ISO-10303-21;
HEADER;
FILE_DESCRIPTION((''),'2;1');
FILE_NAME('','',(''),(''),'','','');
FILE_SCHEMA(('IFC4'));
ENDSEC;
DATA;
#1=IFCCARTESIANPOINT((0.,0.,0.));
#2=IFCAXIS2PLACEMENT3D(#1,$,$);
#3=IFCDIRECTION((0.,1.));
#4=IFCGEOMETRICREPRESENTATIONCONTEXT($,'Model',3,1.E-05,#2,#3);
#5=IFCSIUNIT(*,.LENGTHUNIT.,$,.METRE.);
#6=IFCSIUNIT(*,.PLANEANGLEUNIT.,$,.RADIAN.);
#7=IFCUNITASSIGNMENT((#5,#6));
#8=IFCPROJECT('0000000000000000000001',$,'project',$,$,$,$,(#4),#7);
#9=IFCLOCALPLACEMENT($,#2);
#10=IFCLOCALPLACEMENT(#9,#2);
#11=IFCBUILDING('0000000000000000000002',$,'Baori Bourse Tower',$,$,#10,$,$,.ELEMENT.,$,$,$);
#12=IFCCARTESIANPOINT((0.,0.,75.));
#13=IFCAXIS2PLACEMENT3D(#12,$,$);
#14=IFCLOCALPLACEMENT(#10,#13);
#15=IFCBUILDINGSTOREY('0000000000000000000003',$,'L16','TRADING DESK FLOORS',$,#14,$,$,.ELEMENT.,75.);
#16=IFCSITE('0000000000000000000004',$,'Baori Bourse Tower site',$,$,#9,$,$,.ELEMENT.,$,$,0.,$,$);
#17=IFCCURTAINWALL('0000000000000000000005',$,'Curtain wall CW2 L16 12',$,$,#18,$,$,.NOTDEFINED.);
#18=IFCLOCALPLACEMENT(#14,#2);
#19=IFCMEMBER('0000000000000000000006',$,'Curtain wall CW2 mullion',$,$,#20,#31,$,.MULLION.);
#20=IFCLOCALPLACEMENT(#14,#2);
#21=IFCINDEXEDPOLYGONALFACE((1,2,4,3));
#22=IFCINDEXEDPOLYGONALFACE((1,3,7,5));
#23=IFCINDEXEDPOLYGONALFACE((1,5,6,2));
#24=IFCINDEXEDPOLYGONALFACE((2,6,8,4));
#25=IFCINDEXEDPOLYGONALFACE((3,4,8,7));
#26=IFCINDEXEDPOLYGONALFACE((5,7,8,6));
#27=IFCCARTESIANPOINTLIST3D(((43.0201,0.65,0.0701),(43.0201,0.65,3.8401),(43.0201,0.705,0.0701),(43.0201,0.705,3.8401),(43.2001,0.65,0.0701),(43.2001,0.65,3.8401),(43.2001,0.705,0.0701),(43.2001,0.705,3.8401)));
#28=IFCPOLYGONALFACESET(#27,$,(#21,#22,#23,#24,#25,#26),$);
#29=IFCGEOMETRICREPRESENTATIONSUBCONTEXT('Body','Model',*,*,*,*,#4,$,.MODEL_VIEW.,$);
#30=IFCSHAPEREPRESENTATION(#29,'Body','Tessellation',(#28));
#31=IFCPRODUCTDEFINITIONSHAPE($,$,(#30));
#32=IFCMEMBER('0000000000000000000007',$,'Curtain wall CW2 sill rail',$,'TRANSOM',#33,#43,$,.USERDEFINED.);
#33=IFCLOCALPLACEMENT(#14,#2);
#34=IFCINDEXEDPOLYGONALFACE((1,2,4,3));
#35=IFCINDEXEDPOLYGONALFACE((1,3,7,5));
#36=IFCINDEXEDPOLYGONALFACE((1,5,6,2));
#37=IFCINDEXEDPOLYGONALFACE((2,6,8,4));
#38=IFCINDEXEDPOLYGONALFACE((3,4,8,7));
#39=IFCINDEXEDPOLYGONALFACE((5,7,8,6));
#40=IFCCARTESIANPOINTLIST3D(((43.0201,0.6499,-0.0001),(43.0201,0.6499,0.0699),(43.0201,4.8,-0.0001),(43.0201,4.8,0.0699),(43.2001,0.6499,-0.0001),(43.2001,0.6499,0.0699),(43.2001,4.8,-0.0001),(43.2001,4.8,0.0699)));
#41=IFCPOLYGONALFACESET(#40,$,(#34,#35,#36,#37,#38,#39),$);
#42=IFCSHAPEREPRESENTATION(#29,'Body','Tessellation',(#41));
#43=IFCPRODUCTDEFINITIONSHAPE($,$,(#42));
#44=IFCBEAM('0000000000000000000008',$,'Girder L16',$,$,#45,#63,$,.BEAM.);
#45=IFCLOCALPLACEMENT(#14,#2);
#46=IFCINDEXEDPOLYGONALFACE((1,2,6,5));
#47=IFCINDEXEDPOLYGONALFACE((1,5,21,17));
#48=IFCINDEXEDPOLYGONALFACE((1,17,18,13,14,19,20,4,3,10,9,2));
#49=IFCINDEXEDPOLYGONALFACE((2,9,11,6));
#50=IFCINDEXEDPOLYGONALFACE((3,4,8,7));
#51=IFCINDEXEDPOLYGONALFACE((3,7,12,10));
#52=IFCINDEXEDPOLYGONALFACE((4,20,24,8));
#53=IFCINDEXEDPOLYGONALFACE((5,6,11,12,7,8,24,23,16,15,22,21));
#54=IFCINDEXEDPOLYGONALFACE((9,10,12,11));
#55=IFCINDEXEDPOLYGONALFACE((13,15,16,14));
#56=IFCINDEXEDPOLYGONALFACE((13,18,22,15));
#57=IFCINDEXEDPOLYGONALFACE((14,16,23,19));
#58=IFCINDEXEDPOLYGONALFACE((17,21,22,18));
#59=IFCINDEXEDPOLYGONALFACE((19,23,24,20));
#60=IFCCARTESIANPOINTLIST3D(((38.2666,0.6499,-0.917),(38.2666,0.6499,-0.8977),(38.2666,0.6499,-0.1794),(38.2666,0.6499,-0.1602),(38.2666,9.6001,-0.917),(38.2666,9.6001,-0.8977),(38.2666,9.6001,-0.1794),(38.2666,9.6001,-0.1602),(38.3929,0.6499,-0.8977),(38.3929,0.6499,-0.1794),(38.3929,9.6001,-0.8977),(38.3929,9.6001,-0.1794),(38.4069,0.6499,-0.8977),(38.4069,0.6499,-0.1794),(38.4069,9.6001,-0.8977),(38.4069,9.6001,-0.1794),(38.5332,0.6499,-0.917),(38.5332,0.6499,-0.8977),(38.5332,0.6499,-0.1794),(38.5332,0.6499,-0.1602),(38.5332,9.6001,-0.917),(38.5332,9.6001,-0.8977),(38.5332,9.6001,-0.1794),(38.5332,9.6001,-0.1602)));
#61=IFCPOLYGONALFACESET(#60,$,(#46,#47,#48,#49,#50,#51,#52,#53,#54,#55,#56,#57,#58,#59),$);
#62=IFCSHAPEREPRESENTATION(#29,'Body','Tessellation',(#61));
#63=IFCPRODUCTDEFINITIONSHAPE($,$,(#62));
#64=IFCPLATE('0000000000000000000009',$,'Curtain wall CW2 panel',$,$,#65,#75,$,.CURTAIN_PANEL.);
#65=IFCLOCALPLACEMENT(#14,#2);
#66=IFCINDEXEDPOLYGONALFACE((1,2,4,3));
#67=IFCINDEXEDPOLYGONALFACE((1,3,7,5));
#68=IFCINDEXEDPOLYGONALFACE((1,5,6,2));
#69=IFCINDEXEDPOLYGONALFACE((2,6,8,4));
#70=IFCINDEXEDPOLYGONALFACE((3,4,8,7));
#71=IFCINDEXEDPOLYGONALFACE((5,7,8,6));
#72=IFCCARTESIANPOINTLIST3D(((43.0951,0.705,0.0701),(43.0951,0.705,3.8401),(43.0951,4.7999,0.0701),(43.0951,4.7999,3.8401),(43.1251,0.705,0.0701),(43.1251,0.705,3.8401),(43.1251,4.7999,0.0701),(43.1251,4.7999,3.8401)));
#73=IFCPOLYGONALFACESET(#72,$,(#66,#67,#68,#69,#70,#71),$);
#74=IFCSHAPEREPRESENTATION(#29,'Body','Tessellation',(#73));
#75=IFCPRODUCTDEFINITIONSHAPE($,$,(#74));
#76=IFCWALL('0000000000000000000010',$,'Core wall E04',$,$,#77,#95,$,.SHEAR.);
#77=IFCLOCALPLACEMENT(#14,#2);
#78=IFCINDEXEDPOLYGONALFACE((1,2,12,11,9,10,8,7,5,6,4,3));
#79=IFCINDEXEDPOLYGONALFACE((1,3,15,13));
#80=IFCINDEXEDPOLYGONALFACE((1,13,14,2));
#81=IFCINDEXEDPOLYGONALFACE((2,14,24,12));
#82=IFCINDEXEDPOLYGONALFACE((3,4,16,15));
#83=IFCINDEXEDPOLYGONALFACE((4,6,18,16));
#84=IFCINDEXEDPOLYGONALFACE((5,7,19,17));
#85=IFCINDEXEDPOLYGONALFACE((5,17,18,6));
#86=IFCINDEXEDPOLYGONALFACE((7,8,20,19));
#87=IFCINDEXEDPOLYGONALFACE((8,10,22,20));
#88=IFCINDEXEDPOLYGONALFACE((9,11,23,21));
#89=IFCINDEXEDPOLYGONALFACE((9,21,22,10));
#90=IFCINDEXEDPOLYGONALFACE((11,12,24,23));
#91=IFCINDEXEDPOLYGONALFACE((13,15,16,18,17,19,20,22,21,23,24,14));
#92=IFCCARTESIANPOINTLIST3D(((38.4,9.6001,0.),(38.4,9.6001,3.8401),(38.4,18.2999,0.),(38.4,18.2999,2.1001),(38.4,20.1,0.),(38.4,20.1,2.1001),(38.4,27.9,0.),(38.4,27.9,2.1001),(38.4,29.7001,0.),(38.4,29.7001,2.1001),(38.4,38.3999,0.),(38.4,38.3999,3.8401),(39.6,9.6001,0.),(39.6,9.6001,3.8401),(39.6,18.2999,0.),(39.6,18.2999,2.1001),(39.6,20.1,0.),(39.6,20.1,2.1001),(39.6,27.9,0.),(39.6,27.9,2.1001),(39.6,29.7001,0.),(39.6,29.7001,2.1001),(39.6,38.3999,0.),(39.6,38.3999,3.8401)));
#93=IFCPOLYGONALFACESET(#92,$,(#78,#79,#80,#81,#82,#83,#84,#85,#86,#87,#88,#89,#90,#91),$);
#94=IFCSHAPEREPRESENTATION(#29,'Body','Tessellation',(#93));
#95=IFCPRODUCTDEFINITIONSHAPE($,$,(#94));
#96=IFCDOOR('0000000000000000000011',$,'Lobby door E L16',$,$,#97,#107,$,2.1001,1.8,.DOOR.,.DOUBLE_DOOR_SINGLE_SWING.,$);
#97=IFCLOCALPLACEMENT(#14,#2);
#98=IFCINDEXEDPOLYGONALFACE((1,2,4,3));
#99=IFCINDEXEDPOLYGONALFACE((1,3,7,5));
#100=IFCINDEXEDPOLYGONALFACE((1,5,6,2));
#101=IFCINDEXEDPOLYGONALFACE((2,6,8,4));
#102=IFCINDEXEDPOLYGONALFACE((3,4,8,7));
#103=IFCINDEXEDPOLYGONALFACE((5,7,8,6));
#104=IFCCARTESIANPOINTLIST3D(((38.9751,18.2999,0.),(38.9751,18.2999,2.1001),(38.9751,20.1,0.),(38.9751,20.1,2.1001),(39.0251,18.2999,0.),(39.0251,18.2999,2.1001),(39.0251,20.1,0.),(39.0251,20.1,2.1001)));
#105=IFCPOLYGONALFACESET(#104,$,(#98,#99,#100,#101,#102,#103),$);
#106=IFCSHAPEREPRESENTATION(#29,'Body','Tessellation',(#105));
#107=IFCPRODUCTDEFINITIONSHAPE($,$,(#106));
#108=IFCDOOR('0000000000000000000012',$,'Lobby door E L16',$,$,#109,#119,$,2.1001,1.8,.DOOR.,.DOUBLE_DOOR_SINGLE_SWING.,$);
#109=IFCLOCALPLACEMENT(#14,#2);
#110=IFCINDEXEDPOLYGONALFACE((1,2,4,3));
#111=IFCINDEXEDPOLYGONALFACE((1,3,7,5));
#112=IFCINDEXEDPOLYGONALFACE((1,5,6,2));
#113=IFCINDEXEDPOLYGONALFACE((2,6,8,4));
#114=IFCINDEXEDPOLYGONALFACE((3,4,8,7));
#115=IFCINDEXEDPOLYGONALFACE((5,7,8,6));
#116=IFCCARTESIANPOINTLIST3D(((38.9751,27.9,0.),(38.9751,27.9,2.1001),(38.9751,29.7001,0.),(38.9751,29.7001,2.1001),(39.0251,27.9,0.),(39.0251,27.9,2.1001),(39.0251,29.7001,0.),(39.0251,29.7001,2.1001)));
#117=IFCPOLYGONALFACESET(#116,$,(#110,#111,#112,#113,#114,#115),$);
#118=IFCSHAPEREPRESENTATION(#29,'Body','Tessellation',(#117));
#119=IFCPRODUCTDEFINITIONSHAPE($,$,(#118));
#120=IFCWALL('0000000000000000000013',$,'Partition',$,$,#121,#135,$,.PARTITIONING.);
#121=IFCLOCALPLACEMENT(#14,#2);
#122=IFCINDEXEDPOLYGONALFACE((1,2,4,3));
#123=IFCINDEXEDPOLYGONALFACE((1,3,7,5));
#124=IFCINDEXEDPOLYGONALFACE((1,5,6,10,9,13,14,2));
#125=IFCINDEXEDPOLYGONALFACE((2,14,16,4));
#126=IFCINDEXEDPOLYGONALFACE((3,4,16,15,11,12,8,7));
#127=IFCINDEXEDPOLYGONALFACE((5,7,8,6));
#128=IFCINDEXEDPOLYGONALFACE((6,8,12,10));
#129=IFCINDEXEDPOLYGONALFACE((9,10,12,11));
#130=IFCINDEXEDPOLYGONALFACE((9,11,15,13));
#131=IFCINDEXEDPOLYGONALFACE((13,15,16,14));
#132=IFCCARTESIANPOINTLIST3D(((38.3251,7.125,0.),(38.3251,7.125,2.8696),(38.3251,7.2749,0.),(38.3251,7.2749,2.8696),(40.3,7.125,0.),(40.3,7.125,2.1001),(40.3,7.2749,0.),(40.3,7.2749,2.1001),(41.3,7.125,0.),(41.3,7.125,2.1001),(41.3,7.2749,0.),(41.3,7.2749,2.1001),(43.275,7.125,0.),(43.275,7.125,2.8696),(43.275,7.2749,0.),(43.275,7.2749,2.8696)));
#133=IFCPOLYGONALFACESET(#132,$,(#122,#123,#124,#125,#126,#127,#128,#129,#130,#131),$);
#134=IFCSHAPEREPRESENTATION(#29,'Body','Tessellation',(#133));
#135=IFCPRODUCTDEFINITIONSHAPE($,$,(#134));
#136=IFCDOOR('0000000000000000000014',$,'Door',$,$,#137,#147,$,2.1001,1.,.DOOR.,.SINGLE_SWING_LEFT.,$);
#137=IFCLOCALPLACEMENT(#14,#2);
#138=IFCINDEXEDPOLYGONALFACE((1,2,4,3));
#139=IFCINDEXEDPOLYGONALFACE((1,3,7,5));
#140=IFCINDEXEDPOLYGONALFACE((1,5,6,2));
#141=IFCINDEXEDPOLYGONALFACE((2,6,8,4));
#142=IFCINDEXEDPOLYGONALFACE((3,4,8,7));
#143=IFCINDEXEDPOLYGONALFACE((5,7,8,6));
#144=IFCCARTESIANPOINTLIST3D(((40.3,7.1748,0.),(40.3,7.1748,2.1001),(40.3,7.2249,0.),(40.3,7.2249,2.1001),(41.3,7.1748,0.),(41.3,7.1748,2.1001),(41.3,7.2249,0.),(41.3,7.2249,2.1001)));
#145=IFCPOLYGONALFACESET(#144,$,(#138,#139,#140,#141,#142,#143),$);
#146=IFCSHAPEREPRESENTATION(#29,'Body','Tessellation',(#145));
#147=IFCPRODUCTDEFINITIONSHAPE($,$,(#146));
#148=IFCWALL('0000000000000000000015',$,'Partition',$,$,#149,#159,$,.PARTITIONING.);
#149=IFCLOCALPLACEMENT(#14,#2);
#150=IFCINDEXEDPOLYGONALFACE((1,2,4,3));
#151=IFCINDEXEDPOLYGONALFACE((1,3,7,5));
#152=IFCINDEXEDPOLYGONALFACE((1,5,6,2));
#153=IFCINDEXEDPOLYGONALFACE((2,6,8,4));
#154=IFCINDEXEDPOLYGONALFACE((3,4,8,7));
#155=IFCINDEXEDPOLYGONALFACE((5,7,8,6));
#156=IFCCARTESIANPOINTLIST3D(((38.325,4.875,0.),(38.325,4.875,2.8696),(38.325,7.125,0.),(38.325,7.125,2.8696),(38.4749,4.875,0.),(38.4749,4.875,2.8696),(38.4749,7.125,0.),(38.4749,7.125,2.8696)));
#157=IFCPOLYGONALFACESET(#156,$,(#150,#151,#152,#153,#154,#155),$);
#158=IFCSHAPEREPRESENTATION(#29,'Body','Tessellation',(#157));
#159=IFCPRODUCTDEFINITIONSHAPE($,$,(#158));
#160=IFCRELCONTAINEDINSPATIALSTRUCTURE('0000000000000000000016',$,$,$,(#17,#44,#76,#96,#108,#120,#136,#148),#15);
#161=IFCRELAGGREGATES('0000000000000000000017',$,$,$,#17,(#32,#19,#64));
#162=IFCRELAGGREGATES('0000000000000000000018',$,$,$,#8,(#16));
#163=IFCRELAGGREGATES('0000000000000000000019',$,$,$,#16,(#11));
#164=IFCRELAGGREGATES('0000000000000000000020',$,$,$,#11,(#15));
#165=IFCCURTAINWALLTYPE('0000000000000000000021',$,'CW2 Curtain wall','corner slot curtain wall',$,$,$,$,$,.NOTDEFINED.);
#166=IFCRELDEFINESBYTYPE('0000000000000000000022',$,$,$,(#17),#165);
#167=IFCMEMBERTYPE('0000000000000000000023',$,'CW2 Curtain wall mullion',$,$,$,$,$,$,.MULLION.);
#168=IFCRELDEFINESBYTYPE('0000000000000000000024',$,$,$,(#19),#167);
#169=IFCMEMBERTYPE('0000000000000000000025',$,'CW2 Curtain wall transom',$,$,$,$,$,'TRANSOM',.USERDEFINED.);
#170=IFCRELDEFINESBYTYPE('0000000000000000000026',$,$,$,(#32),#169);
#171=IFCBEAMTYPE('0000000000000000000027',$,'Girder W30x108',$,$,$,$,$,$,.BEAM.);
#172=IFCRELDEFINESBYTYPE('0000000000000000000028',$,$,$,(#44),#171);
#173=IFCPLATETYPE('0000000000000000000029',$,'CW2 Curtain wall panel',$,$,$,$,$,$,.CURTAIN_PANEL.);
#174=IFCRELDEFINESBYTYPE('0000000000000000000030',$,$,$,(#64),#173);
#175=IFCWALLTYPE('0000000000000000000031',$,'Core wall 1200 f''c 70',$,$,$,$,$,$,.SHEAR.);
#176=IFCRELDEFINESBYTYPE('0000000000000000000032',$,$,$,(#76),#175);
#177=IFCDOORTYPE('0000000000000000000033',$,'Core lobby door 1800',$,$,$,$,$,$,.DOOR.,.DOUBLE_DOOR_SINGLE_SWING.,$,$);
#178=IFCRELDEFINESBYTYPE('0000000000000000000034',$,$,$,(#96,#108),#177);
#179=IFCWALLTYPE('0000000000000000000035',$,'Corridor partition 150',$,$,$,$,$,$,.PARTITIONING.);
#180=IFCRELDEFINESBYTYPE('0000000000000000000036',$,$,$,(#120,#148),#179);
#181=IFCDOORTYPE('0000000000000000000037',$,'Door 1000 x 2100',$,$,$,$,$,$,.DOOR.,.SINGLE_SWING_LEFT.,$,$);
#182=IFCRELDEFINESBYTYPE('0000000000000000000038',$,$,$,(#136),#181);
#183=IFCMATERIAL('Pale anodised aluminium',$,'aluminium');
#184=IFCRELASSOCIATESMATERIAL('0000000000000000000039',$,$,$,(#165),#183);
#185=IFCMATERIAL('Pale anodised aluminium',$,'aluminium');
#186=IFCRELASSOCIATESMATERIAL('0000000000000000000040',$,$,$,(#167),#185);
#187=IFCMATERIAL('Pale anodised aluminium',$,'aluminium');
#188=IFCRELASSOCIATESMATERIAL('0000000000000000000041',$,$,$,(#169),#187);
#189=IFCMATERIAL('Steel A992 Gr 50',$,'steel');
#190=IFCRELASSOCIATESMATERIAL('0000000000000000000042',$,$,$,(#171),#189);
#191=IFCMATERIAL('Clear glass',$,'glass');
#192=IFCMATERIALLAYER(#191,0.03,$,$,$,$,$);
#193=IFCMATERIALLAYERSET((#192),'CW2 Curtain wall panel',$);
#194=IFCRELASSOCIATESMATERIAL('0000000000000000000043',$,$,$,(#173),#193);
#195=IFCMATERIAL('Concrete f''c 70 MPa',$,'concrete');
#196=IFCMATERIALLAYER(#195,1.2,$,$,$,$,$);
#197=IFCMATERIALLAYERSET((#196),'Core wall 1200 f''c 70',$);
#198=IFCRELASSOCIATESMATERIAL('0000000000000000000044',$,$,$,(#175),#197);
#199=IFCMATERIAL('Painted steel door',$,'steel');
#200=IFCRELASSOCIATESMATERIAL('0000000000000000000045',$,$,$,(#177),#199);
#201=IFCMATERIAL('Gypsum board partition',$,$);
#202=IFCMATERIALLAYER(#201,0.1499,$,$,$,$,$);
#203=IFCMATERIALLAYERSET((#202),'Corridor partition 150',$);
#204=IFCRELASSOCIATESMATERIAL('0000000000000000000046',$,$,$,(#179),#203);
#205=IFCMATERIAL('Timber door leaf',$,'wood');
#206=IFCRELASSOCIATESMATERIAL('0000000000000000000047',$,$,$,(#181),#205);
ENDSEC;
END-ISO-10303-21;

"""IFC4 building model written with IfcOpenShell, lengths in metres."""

from ifc_helpers import new_model, si_unit, direction, frame, frame_2d, origin, origin_2d, place, context, subcontext, project, spatial, rectangle, i_section, extrude, material, layer, layer_set, material_profile, profile_set, type_object, element, fill, aggregate, save


model = new_model("IFC4")

# Units and contexts
model_context = context("Model", 3, precision=1e-05, world=origin(), true_north=direction((0.0, 1.0)))
body_context = subcontext(model_context, "Body", "Model", "MODEL_VIEW")
ifc_project = project(units=[si_unit("LENGTHUNIT", "METRE"), si_unit("PLANEANGLEUNIT", "RADIAN")], contexts=[model_context])

# Site, building, storey
site_placement = place(None, origin())
site = spatial("IfcSite", under=ifc_project, at=site_placement, Name="Baori Bourse Tower site", CompositionType="ELEMENT", RefElevation=0.0)
building_placement = place(site_placement, origin())
building = spatial("IfcBuilding", under=site, at=building_placement, Name="Baori Bourse Tower", CompositionType="ELEMENT")
storey_placement = place(building_placement, frame((0.0, 0.0, 75.0)))
storey = spatial("IfcBuildingStorey", under=building, at=storey_placement, Name="L16", Description="TRADING DESK FLOORS", CompositionType="ELEMENT", Elevation=75.0)

# Curtain wall, members
ifc_material_1 = material(Name="Pale anodised aluminium", Category="aluminium")
curtain_wall_type = type_object("IfcCurtainWallType", Name="CW2 Curtain wall", Description="corner slot curtain wall", PredefinedType="NOTDEFINED", material=ifc_material_1)
curtain_wall_placement = place(storey_placement, origin())
curtain_wall = element("IfcCurtainWall", 1, at=curtain_wall_placement, inside=storey, type_object=curtain_wall_type, Name="Curtain wall CW2 L16 12", PredefinedType="NOTDEFINED")
ifc_material_2 = material(Name="Pale anodised aluminium", Category="aluminium")
ifc_material_profile_1 = material_profile(ifc_material_2, rectangle(XDim=0.1799, YDim=0.0549, at=origin_2d()), Name="Mullion 55x180")
ifc_profile_set_1 = profile_set([ifc_material_profile_1], Name="Pale anodised aluminium")
member_type_1 = type_object("IfcMemberType", Name="CW2 Curtain wall mullion", PredefinedType="MULLION", material=ifc_profile_set_1)
member_1_placement = place(storey_placement, frame((43.1101, 0.6775, 0.0701), z_axis=(0.0, 0.0, 1.0), x_axis=(-1.0, 0.0, 0.0)))
member_1 = element("IfcMember", 2, at=member_1_placement, type_object=member_type_1, Name="Curtain wall CW2 mullion", PredefinedType="MULLION", context=body_context, shape_type="SweptSolid", body=[
    extrude(rectangle(XDim=0.1799, YDim=0.0549, at=origin_2d()), origin(), (0.0, 0.0, 1.0), 3.77),
])
ifc_material_3 = material(Name="Pale anodised aluminium", Category="aluminium")
ifc_material_profile_2 = material_profile(ifc_material_3, rectangle(XDim=0.1799, YDim=0.0701, at=origin_2d()), Name="Transom 70x180")
ifc_profile_set_2 = profile_set([ifc_material_profile_2], Name="Pale anodised aluminium")
member_type_2 = type_object("IfcMemberType", Name="CW2 Curtain wall transom", ElementType="TRANSOM", PredefinedType="USERDEFINED", material=ifc_profile_set_2)
member_2_placement = place(storey_placement, frame((43.1101, 0.6499, 0.0349), z_axis=(0.0, 1.0, 0.0), x_axis=(-1.0, 0.0, 0.0)))
member_2 = element("IfcMember", 3, at=member_2_placement, type_object=member_type_2, Name="Curtain wall CW2 sill rail", ObjectType="TRANSOM", PredefinedType="USERDEFINED", context=body_context, shape_type="SweptSolid", body=[
    extrude(rectangle(XDim=0.1799, YDim=0.0701, at=origin_2d()), origin(), (0.0, 0.0, 1.0), 4.1501),
])

# Beam
ifc_material_4 = material(Name="Steel A992 Gr 50", Category="steel")
ifc_material_profile_3 = material_profile(ifc_material_4, i_section(OverallWidth=0.2666, OverallDepth=0.7568, WebThickness=0.0139, FlangeThickness=0.0193, at=origin_2d()), Name="W30x108")
ifc_profile_set_3 = profile_set([ifc_material_profile_3], Name="Steel A992 Gr 50")
beam_type = type_object("IfcBeamType", Name="Girder W30x108", PredefinedType="BEAM", material=ifc_profile_set_3)
beam_placement = place(storey_placement, frame((38.3999, 0.6499, -0.5386), z_axis=(0.0, 1.0, 0.0), x_axis=(-1.0, 0.0, 0.0)))
element("IfcBeam", 4, at=beam_placement, inside=storey, type_object=beam_type, Name="Girder L16", PredefinedType="BEAM", context=body_context, shape_type="SweptSolid", body=[
    extrude(i_section(OverallWidth=0.2666, OverallDepth=0.7568, WebThickness=0.0139, FlangeThickness=0.0193, at=origin_2d()), origin(), (0.0, 0.0, 1.0), 8.9502),
])

# Plate
ifc_material_5 = material(Name="Clear glass", Category="glass")
ifc_layer_1 = layer(ifc_material_5, 0.03)
ifc_layer_set_1 = layer_set([ifc_layer_1], Name="CW2 Curtain wall panel")
plate_type = type_object("IfcPlateType", Name="CW2 Curtain wall panel", PredefinedType="CURTAIN_PANEL", material=ifc_layer_set_1)
plate_placement = place(storey_placement, frame((43.1101, 2.7524, 0.0701), z_axis=(0.0, 0.0, 1.0), x_axis=(0.0, 1.0, 0.0)))
plate = element("IfcPlate", 5, at=plate_placement, type_object=plate_type, Name="Curtain wall CW2 panel", PredefinedType="CURTAIN_PANEL", context=body_context, shape_type="SweptSolid", body=[
    extrude(rectangle(XDim=4.095, YDim=0.03, at=origin_2d()), origin(), (0.0, 0.0, 1.0), 3.77),
])
aggregate(curtain_wall, [member_2, member_1, plate])

# Wall, openings, doors
ifc_material_6 = material(Name="Concrete f'c 70 MPa", Category="concrete")
ifc_layer_2 = layer(ifc_material_6, 1.2)
ifc_layer_set_2 = layer_set([ifc_layer_2], Name="Core wall 1200 f'c 70")
wall_type_1 = type_object("IfcWallType", Name="Core wall 1200 f'c 70", PredefinedType="SHEAR", material=ifc_layer_set_2)
wall_1_placement = place(storey_placement, frame((39.0, 9.6001, 0.0), z_axis=(0.0, 0.0, 1.0), x_axis=(0.0, 1.0, 0.0)))
wall_1 = element("IfcWall", 6, at=wall_1_placement, inside=storey, type_object=wall_type_1, Name="Core wall E04", PredefinedType="SHEAR", context=body_context, shape_type="SweptSolid", body=[
    extrude(rectangle(XDim=28.7998, YDim=1.2, at=frame_2d((14.3999, 0.0))), origin(), (0.0, 0.0, 1.0), 3.8401),
])
opening_1_placement = place(wall_1_placement, frame((8.7, 0.0, 0.0)))
opening_1 = element("IfcOpeningElement", 7, at=opening_1_placement, cuts=wall_1, PredefinedType="OPENING", context=body_context, shape_type="SweptSolid", body=[
    extrude(rectangle(XDim=1.8, YDim=2.1001, at=frame_2d((0.8999, 1.05))), frame((0.0, 0.6099, 0.0), z_axis=(0.0, -1.0, 0.0), x_axis=(1.0, 0.0, 0.0)), (0.0, 0.0, 1.0), 1.22),
])
opening_2_placement = place(wall_1_placement, frame((18.3, 0.0, 0.0)))
opening_2 = element("IfcOpeningElement", 8, at=opening_2_placement, cuts=wall_1, PredefinedType="OPENING", context=body_context, shape_type="SweptSolid", body=[
    extrude(rectangle(XDim=1.8, YDim=2.1001, at=frame_2d((0.8999, 1.05))), frame((0.0, 0.6099, 0.0), z_axis=(0.0, -1.0, 0.0), x_axis=(1.0, 0.0, 0.0)), (0.0, 0.0, 1.0), 1.22),
])
ifc_material_7 = material(Name="Painted steel door", Category="steel")
door_type_1 = type_object("IfcDoorType", Name="Core lobby door 1800", OperationType="DOUBLE_DOOR_SINGLE_SWING", PredefinedType="DOOR", material=ifc_material_7)
door_1_placement = place(opening_1_placement, origin())
door_1 = element("IfcDoor", 9, at=door_1_placement, inside=storey, type_object=door_type_1, Name="Lobby door E L16", OperationType="DOUBLE_DOOR_SINGLE_SWING", OverallHeight=2.1001, OverallWidth=1.8, PredefinedType="DOOR", context=body_context, shape_type="SweptSolid", body=[
    extrude(rectangle(XDim=1.8, YDim=2.1001, at=frame_2d((0.8999, 1.05))), frame((0.0, 0.0249, 0.0), z_axis=(0.0, -1.0, 0.0), x_axis=(1.0, 0.0, 0.0)), (0.0, 0.0, 1.0), 0.05),
])
fill(opening_1, door_1)
door_2_placement = place(opening_2_placement, origin())
door_2 = element("IfcDoor", 10, at=door_2_placement, inside=storey, type_object=door_type_1, Name="Lobby door E L16", OperationType="DOUBLE_DOOR_SINGLE_SWING", OverallHeight=2.1001, OverallWidth=1.8, PredefinedType="DOOR", context=body_context, shape_type="SweptSolid", body=[
    extrude(rectangle(XDim=1.8, YDim=2.1001, at=frame_2d((0.8999, 1.05))), frame((0.0, 0.0249, 0.0), z_axis=(0.0, -1.0, 0.0), x_axis=(1.0, 0.0, 0.0)), (0.0, 0.0, 1.0), 0.05),
])
fill(opening_2, door_2)

# Wall, opening, door
ifc_material_8 = material(Name="Gypsum board partition")
ifc_layer_3 = layer(ifc_material_8, 0.1499)
ifc_layer_set_3 = layer_set([ifc_layer_3], Name="Corridor partition 150")
wall_type_2 = type_object("IfcWallType", Name="Corridor partition 150", PredefinedType="PARTITIONING", material=ifc_layer_set_3)
wall_2_placement = place(storey_placement, frame((38.325, 7.2, 0.0), z_axis=(0.0, 0.0, 1.0), x_axis=(1.0, 0.0, 0.0)))
wall_2 = element("IfcWall", 11, at=wall_2_placement, inside=storey, type_object=wall_type_2, Name="Partition", PredefinedType="PARTITIONING", context=body_context, shape_type="SweptSolid", body=[
    extrude(rectangle(XDim=4.95, YDim=0.1499, at=frame_2d((2.4751, 0.0))), origin(), (0.0, 0.0, 1.0), 2.8696),
])
opening_3_placement = place(wall_2_placement, frame((1.9751, 0.0, 0.0)))
opening_3 = element("IfcOpeningElement", 12, at=opening_3_placement, cuts=wall_2, PredefinedType="OPENING", context=body_context, shape_type="SweptSolid", body=[
    extrude(rectangle(XDim=1.0, YDim=2.1001, at=frame_2d((0.5, 1.05))), frame((0.0, 0.085, 0.0), z_axis=(0.0, -1.0, 0.0), x_axis=(1.0, 0.0, 0.0)), (0.0, 0.0, 1.0), 0.1699),
])
ifc_material_9 = material(Name="Timber door leaf", Category="wood")
door_type_2 = type_object("IfcDoorType", Name="Door 1000 x 2100", OperationType="SINGLE_SWING_LEFT", PredefinedType="DOOR", material=ifc_material_9)
door_3_placement = place(opening_3_placement, origin())
door_3 = element("IfcDoor", 13, at=door_3_placement, inside=storey, type_object=door_type_2, Name="Door", OperationType="SINGLE_SWING_LEFT", OverallHeight=2.1001, OverallWidth=1.0, PredefinedType="DOOR", context=body_context, shape_type="SweptSolid", body=[
    extrude(rectangle(XDim=1.0, YDim=2.1001, at=frame_2d((0.5, 1.05))), frame((0.0, 0.0249, 0.0), z_axis=(0.0, -1.0, 0.0), x_axis=(1.0, 0.0, 0.0)), (0.0, 0.0, 1.0), 0.05),
])
fill(opening_3, door_3)

# Wall
wall_3_placement = place(storey_placement, frame((38.3999, 4.875, 0.0), z_axis=(0.0, 0.0, 1.0), x_axis=(0.0, 1.0, 0.0)))
element("IfcWall", 14, at=wall_3_placement, inside=storey, type_object=wall_type_2, Name="Partition", PredefinedType="PARTITIONING", context=body_context, shape_type="SweptSolid", body=[
    extrude(rectangle(XDim=2.25, YDim=0.1499, at=frame_2d((1.125, 0.0))), origin(), (0.0, 0.0, 1.0), 2.8696),
])

save(model, "model.ifc")
